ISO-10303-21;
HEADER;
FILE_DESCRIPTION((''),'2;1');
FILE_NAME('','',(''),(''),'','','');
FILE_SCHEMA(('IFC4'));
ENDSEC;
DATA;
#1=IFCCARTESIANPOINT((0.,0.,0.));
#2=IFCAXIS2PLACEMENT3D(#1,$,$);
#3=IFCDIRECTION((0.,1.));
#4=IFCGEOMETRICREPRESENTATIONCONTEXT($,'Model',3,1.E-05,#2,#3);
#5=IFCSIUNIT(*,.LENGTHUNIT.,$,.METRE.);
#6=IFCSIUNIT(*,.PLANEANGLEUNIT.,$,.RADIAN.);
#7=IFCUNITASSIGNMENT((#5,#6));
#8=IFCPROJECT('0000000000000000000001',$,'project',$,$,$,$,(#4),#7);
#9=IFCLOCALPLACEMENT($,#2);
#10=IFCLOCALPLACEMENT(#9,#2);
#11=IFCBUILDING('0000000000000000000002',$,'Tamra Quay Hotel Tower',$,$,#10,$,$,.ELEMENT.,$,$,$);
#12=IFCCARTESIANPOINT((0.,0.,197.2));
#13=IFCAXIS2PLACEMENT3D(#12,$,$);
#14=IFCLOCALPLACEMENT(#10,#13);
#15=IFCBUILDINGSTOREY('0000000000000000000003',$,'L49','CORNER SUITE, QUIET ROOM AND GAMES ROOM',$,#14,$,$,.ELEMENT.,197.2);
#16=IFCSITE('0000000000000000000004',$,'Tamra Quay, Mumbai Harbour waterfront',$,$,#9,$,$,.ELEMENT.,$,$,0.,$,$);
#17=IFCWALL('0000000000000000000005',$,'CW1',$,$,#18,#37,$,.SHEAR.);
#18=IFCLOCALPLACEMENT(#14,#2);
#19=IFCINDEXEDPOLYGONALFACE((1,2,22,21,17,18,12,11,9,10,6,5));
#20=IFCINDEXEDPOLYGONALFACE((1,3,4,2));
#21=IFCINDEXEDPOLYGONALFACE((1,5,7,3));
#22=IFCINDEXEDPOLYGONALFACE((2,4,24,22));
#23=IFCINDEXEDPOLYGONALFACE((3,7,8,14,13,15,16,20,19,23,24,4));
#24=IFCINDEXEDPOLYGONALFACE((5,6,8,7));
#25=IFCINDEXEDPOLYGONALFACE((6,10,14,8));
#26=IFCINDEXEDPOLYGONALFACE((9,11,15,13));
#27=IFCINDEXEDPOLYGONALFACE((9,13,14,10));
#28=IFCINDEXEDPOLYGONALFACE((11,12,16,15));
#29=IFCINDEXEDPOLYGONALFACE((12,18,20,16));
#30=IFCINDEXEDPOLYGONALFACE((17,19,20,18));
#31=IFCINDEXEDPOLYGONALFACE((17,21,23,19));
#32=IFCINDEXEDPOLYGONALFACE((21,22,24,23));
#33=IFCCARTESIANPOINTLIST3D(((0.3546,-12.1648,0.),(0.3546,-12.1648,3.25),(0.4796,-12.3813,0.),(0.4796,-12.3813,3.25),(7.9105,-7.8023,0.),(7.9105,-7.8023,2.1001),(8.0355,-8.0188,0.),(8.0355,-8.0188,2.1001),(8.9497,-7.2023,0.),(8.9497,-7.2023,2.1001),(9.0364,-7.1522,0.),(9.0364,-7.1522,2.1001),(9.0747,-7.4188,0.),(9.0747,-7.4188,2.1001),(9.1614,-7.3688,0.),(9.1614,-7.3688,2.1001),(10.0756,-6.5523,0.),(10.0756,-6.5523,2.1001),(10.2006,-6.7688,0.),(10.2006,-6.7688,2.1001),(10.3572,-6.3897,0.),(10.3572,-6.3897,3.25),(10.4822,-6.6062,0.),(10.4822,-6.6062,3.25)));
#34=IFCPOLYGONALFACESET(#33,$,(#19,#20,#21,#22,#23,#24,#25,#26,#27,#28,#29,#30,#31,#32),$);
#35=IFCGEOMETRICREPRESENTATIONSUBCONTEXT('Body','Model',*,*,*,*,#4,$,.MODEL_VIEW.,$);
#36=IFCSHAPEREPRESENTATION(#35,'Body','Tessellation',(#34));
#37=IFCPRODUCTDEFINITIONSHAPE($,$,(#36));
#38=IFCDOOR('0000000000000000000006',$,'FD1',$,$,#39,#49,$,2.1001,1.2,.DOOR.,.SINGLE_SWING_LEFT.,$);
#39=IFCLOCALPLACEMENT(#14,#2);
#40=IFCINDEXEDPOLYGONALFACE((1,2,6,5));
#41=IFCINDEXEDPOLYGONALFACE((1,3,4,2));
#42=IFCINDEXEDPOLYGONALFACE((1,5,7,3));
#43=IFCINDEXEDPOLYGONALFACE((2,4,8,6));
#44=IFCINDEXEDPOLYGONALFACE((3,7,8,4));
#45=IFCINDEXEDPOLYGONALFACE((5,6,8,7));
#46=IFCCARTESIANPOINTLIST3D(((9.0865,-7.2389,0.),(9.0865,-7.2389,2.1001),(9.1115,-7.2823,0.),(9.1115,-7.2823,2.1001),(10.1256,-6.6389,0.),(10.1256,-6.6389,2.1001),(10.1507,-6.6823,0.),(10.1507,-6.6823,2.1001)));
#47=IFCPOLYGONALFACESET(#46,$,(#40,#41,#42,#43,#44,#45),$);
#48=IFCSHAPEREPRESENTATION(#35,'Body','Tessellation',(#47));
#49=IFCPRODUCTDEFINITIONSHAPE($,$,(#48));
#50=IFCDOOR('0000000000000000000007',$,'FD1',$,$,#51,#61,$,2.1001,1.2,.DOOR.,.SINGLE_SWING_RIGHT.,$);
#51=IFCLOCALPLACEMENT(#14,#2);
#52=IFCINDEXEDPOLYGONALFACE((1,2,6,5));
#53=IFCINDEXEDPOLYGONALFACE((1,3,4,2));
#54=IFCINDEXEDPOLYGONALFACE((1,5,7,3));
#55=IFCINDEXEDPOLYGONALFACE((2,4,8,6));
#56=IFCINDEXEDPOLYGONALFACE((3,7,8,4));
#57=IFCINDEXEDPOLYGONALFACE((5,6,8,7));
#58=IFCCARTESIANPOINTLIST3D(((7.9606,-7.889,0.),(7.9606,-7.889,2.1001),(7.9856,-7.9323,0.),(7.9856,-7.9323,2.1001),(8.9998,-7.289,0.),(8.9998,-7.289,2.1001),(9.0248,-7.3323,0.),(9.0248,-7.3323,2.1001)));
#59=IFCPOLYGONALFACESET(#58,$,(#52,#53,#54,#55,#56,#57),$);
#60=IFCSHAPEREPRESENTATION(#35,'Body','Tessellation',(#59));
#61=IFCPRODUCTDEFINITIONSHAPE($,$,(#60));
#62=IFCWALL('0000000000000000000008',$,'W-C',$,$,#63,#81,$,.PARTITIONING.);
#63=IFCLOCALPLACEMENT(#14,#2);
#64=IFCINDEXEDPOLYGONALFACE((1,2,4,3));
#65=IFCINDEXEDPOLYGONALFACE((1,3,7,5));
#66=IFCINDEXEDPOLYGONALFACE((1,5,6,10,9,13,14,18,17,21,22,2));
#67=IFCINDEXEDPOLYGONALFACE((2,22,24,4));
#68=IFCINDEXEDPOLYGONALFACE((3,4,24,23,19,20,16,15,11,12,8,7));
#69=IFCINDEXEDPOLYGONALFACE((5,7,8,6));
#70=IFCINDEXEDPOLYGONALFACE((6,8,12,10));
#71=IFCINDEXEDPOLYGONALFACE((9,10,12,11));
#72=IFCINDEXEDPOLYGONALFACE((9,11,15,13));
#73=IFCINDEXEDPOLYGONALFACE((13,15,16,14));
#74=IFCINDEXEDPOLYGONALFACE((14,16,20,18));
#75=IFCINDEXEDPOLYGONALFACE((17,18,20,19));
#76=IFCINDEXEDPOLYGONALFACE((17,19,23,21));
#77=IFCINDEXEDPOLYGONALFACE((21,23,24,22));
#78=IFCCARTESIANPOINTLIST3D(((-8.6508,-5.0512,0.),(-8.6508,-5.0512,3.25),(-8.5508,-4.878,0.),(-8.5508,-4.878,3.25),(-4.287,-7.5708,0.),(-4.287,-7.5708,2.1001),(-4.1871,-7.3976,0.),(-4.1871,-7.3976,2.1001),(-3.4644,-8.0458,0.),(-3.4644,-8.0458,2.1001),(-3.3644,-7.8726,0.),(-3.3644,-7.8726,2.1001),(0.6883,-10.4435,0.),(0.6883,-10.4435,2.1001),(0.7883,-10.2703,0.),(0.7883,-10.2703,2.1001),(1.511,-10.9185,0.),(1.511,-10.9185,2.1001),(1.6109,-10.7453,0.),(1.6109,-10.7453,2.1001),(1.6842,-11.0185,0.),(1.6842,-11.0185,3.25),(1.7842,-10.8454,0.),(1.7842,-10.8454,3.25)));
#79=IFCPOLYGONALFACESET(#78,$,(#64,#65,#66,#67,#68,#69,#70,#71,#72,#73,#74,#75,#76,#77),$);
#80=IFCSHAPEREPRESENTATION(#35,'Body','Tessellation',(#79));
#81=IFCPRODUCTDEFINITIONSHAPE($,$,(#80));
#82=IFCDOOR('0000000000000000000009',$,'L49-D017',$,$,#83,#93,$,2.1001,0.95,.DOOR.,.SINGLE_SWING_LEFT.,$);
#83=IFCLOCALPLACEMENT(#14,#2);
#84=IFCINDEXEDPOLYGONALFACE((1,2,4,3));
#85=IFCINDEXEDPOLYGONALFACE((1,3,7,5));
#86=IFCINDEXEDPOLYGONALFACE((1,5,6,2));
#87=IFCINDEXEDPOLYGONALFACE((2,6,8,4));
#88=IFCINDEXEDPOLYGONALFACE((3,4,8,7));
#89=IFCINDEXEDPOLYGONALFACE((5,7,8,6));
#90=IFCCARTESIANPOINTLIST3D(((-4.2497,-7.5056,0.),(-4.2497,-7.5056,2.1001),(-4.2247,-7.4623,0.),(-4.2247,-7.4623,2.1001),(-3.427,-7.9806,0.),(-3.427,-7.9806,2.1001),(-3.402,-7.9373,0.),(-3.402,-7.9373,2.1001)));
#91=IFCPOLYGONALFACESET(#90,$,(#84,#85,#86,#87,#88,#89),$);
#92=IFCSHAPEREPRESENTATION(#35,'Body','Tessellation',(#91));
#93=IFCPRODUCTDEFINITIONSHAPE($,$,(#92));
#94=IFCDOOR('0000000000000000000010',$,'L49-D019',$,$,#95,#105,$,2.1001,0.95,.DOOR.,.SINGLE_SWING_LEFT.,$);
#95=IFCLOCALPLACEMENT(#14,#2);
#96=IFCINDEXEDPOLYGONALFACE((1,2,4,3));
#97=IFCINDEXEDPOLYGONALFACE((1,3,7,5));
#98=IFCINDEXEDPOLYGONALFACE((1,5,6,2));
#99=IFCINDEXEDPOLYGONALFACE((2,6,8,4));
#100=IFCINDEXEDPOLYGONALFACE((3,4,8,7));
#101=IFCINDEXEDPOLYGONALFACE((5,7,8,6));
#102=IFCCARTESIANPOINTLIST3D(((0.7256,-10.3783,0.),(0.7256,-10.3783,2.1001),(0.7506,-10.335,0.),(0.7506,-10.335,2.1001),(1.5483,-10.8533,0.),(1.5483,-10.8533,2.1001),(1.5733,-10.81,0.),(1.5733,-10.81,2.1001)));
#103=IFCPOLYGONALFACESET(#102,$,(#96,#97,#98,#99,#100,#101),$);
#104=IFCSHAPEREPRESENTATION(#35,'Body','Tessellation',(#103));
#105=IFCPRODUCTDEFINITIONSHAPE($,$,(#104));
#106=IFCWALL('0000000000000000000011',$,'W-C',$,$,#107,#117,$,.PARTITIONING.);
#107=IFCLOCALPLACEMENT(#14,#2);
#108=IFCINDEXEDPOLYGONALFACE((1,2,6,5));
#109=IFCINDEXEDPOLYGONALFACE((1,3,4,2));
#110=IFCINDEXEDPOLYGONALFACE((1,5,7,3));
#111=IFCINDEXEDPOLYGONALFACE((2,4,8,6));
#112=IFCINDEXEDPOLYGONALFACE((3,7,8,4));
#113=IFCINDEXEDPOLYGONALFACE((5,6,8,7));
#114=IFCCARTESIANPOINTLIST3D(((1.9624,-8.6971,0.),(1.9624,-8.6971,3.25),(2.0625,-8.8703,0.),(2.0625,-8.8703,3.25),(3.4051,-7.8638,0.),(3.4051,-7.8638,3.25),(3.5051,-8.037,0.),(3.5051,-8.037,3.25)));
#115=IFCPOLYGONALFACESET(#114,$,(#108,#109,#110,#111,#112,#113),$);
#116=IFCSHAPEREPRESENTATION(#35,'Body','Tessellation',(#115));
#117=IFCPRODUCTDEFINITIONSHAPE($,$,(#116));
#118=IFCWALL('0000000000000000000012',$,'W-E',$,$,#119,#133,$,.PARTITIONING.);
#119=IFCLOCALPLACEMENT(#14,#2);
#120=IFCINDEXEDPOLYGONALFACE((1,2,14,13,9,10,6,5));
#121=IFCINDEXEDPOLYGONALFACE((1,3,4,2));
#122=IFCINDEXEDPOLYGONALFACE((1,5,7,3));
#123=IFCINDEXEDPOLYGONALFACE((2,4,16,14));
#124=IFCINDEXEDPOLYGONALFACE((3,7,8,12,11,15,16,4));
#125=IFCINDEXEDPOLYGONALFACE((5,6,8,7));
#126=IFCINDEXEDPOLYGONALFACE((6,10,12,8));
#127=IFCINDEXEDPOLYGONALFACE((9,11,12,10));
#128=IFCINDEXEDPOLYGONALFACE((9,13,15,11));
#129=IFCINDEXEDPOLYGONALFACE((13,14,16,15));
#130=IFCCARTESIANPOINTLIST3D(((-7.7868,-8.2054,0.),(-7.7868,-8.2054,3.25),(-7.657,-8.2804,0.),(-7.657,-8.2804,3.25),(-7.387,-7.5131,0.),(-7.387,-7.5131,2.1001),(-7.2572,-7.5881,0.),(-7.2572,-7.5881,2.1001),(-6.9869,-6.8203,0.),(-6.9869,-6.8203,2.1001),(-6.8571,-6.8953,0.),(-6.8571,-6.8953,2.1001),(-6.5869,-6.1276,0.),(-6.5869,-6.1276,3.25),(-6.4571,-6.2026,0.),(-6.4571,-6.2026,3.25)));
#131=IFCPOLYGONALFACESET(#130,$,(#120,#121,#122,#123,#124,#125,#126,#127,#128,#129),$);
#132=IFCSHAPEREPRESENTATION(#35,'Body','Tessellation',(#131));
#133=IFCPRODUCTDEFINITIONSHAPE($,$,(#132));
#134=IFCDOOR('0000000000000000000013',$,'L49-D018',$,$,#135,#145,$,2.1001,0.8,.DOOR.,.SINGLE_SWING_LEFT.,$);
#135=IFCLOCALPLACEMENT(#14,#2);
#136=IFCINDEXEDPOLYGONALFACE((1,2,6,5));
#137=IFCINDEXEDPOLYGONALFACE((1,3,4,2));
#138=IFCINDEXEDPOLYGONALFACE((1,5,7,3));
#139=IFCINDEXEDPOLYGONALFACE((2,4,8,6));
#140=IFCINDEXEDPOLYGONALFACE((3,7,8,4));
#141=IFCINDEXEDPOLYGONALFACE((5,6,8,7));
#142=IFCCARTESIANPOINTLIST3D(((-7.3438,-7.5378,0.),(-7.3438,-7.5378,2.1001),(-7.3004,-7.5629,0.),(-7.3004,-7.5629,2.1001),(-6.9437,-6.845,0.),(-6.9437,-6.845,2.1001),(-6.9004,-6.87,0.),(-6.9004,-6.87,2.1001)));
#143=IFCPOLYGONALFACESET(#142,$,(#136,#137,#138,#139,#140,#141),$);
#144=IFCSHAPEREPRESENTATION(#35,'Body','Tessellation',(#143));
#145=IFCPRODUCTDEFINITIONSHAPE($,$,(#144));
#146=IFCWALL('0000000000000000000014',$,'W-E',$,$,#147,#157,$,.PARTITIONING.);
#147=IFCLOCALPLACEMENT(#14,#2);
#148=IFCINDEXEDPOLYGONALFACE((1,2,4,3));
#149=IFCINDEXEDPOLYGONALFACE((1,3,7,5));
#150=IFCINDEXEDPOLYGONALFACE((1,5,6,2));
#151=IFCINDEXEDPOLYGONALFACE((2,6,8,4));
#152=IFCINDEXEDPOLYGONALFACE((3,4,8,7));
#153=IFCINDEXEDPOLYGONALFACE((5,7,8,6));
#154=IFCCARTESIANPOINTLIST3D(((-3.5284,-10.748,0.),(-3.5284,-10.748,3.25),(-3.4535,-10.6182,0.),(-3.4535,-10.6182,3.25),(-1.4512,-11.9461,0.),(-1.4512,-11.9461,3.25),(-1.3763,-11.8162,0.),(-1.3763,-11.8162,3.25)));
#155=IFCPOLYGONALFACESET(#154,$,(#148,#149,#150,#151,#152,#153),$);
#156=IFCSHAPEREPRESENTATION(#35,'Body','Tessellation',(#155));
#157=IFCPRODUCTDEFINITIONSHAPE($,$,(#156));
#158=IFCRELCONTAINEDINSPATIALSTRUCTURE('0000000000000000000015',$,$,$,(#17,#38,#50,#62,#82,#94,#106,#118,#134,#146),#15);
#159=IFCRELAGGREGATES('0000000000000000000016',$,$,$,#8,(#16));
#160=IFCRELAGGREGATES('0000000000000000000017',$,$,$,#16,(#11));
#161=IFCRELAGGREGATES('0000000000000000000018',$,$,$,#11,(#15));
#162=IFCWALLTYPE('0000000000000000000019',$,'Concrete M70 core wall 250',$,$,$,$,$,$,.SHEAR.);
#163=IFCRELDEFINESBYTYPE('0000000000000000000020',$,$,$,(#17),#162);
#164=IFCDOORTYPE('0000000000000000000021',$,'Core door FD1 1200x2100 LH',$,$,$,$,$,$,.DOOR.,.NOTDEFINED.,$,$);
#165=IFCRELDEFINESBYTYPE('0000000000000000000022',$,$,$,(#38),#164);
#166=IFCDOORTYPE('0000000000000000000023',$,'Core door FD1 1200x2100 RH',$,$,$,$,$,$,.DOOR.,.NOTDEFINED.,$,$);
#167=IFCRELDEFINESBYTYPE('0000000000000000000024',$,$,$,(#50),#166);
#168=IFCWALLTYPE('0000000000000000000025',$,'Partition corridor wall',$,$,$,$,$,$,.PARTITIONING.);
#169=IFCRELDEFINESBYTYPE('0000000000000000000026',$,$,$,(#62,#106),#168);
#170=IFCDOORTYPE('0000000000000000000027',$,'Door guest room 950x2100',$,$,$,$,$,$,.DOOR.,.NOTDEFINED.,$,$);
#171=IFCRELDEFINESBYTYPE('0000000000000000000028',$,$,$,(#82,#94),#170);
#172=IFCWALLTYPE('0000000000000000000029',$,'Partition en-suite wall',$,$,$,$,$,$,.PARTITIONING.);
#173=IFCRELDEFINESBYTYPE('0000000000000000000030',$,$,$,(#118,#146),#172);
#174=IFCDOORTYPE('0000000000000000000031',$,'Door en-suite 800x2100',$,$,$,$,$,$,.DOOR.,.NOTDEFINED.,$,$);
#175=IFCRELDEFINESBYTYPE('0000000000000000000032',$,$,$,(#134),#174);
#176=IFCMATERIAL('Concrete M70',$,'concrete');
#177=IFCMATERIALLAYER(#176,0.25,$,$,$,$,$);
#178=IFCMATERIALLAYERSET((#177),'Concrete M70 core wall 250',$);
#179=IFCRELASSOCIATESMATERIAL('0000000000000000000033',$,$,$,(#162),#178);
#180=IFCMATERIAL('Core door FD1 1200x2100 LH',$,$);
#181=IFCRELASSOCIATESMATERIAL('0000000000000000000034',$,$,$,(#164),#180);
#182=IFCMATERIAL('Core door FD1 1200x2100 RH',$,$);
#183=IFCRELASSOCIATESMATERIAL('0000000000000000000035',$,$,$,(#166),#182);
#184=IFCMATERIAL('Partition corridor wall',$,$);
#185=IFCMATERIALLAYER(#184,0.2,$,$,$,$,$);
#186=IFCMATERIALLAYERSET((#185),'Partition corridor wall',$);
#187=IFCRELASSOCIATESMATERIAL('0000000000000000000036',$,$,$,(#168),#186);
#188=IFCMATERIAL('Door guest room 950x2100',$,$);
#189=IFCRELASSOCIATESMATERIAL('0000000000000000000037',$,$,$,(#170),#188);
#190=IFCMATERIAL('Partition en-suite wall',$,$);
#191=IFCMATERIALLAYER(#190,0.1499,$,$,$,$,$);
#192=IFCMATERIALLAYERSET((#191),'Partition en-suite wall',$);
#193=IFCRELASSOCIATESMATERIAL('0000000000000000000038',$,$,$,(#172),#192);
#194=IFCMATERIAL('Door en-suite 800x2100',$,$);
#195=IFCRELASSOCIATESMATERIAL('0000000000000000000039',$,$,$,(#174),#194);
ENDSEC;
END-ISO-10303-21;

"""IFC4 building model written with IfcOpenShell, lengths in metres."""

from ifc_helpers import new_model, si_unit, direction, frame, frame_2d, origin, place, context, subcontext, project, spatial, rectangle, extrude, material, layer, layer_set, type_object, element, fill, save


model = new_model("IFC4")

# Units and contexts
model_context = context("Model", 3, precision=1e-05, world=origin(), true_north=direction((0.0, 1.0)))
body_context = subcontext(model_context, "Body", "Model", "MODEL_VIEW")
ifc_project = project(units=[si_unit("LENGTHUNIT", "METRE"), si_unit("PLANEANGLEUNIT", "RADIAN")], contexts=[model_context])

# Site, building, storey
site_placement = place(None, origin())
site = spatial("IfcSite", under=ifc_project, at=site_placement, Name="Tamra Quay, Mumbai Harbour waterfront", CompositionType="ELEMENT", RefElevation=0.0)
building_placement = place(site_placement, origin())
building = spatial("IfcBuilding", under=site, at=building_placement, Name="Tamra Quay Hotel Tower", CompositionType="ELEMENT")
storey_placement = place(building_placement, frame((0.0, 0.0, 197.2)))
storey = spatial("IfcBuildingStorey", under=building, at=storey_placement, Name="L49", Description="CORNER SUITE, QUIET ROOM AND GAMES ROOM", CompositionType="ELEMENT", Elevation=197.2)

# Walls, openings, doors
ifc_material_1 = material(Name="Concrete M70", Category="concrete")
ifc_layer_1 = layer(ifc_material_1, 0.25)
ifc_layer_set_1 = layer_set([ifc_layer_1], Name="Concrete M70 core wall 250")
wall_type_1 = type_object("IfcWallType", Name="Concrete M70 core wall 250", PredefinedType="SHEAR", material=ifc_layer_set_1)
wall_1_placement = place(storey_placement, frame((0.4172, -12.2729, 0.0), z_axis=(0.0, 0.0, 1.0), x_axis=(0.866022, 0.500006, 0.0)))
wall_1 = element("IfcWall", 1, at=wall_1_placement, inside=storey, type_object=wall_type_1, Name="CW1", PredefinedType="SHEAR", context=body_context, shape_type="SweptSolid", body=[
    extrude(rectangle(XDim=11.55, YDim=0.25, at=frame_2d((5.7749, 0.0))), origin(), (0.0, 0.0, 1.0), 3.25),
])
opening_1_placement = place(wall_1_placement, frame((10.0247, 0.0, 0.0)))
opening_1 = element("IfcOpeningElement", 2, at=opening_1_placement, cuts=wall_1, PredefinedType="OPENING", context=body_context, shape_type="SweptSolid", body=[
    extrude(rectangle(XDim=1.2, YDim=2.1001, at=frame_2d((0.6001, 1.05))), frame((0.0, 0.135, 0.0), z_axis=(0.0, -1.0, 0.0), x_axis=(1.0, 0.0, 0.0)), (0.0, 0.0, 1.0), 0.27),
])
opening_2_placement = place(wall_1_placement, frame((8.7246, 0.0, 0.0)))
opening_2 = element("IfcOpeningElement", 3, at=opening_2_placement, cuts=wall_1, PredefinedType="OPENING", context=body_context, shape_type="SweptSolid", body=[
    extrude(rectangle(XDim=1.2, YDim=2.1001, at=frame_2d((0.6001, 1.05))), frame((0.0, 0.135, 0.0), z_axis=(0.0, -1.0, 0.0), x_axis=(1.0, 0.0, 0.0)), (0.0, 0.0, 1.0), 0.27),
])
ifc_material_2 = material(Name="Core door FD1 1200x2100 LH")
door_type_1 = type_object("IfcDoorType", Name="Core door FD1 1200x2100 LH", OperationType="NOTDEFINED", PredefinedType="DOOR", material=ifc_material_2)
door_1_placement = place(opening_1_placement, origin())
door_1 = element("IfcDoor", 4, at=door_1_placement, inside=storey, type_object=door_type_1, Name="FD1", OperationType="SINGLE_SWING_LEFT", OverallHeight=2.1001, OverallWidth=1.2, PredefinedType="DOOR", context=body_context, shape_type="SweptSolid", body=[
    extrude(rectangle(XDim=1.2, YDim=2.1001, at=frame_2d((0.6001, 1.05))), frame((0.0, 0.0249, 0.0), z_axis=(0.0, -1.0, 0.0), x_axis=(1.0, 0.0, 0.0)), (0.0, 0.0, 1.0), 0.05),
])
fill(opening_1, door_1)
ifc_material_3 = material(Name="Core door FD1 1200x2100 RH")
door_type_2 = type_object("IfcDoorType", Name="Core door FD1 1200x2100 RH", OperationType="NOTDEFINED", PredefinedType="DOOR", material=ifc_material_3)
door_2_placement = place(opening_2_placement, origin())
door_2 = element("IfcDoor", 5, at=door_2_placement, inside=storey, type_object=door_type_2, Name="FD1", OperationType="SINGLE_SWING_RIGHT", OverallHeight=2.1001, OverallWidth=1.2, PredefinedType="DOOR", context=body_context, shape_type="SweptSolid", body=[
    extrude(rectangle(XDim=1.2, YDim=2.1001, at=frame_2d((0.6001, 1.05))), frame((0.0, 0.0249, 0.0), z_axis=(0.0, -1.0, 0.0), x_axis=(1.0, 0.0, 0.0)), (0.0, 0.0, 1.0), 0.05),
])
fill(opening_2, door_2)
ifc_material_4 = material(Name="Partition corridor wall")
ifc_layer_2 = layer(ifc_material_4, 0.2)
ifc_layer_set_2 = layer_set([ifc_layer_2], Name="Partition corridor wall")
wall_type_2 = type_object("IfcWallType", Name="Partition corridor wall", PredefinedType="PARTITIONING", material=ifc_layer_set_2)
wall_2_placement = place(storey_placement, frame((-8.6008, -4.9646, 0.0), z_axis=(0.0, 0.0, 1.0), x_axis=(0.866011, -0.500025, 0.0)))
wall_2 = element("IfcWall", 6, at=wall_2_placement, inside=storey, type_object=wall_type_2, Name="W-C", PredefinedType="PARTITIONING", context=body_context, shape_type="SweptSolid", body=[
    extrude(rectangle(XDim=11.9341, YDim=0.2, at=frame_2d((5.967, 0.0))), origin(), (0.0, 0.0, 1.0), 3.25),
])
opening_3_placement = place(wall_2_placement, frame((5.0388, 0.0, 0.0)))
opening_3 = element("IfcOpeningElement", 7, at=opening_3_placement, cuts=wall_2, PredefinedType="OPENING", context=body_context, shape_type="SweptSolid", body=[
    extrude(rectangle(XDim=0.95, YDim=2.1001, at=frame_2d((0.4751, 1.05))), frame((0.0, 0.1099, 0.0), z_axis=(0.0, -1.0, 0.0), x_axis=(1.0, 0.0, 0.0)), (0.0, 0.0, 1.0), 0.22),
])
opening_4_placement = place(wall_2_placement, frame((10.7839, 0.0, 0.0)))
opening_4 = element("IfcOpeningElement", 8, at=opening_4_placement, cuts=wall_2, PredefinedType="OPENING", context=body_context, shape_type="SweptSolid", body=[
    extrude(rectangle(XDim=0.95, YDim=2.1001, at=frame_2d((0.4751, 1.05))), frame((0.0, 0.1099, 0.0), z_axis=(0.0, -1.0, 0.0), x_axis=(1.0, 0.0, 0.0)), (0.0, 0.0, 1.0), 0.22),
])
ifc_material_5 = material(Name="Door guest room 950x2100")
door_type_3 = type_object("IfcDoorType", Name="Door guest room 950x2100", OperationType="NOTDEFINED", PredefinedType="DOOR", material=ifc_material_5)
door_3_placement = place(opening_3_placement, frame((0.95, 0.0, 0.0), z_axis=(0.0, 0.0, 1.0), x_axis=(-1.0, 0.0, 0.0)))
door_3 = element("IfcDoor", 9, at=door_3_placement, inside=storey, type_object=door_type_3, Name="L49-D017", OperationType="SINGLE_SWING_LEFT", OverallHeight=2.1001, OverallWidth=0.95, PredefinedType="DOOR", context=body_context, shape_type="SweptSolid", body=[
    extrude(rectangle(XDim=0.95, YDim=2.1001, at=frame_2d((0.4751, 1.05))), frame((0.0, 0.0249, 0.0), z_axis=(0.0, -1.0, 0.0), x_axis=(1.0, 0.0, 0.0)), (0.0, 0.0, 1.0), 0.05),
])
fill(opening_3, door_3)
door_4_placement = place(opening_4_placement, frame((0.95, 0.0, 0.0), z_axis=(0.0, 0.0, 1.0), x_axis=(-1.0, 0.0, 0.0)))
door_4 = element("IfcDoor", 10, at=door_4_placement, inside=storey, type_object=door_type_3, Name="L49-D019", OperationType="SINGLE_SWING_LEFT", OverallHeight=2.1001, OverallWidth=0.95, PredefinedType="DOOR", context=body_context, shape_type="SweptSolid", body=[
    extrude(rectangle(XDim=0.95, YDim=2.1001, at=frame_2d((0.4751, 1.05))), frame((0.0, 0.0249, 0.0), z_axis=(0.0, -1.0, 0.0), x_axis=(1.0, 0.0, 0.0)), (0.0, 0.0, 1.0), 0.05),
])
fill(opening_4, door_4)

# Wall
wall_3_placement = place(storey_placement, frame((2.0125, -8.7837, 0.0), z_axis=(0.0, 0.0, 1.0), x_axis=(0.865934, 0.500158, 0.0)))
element("IfcWall", 11, at=wall_3_placement, inside=storey, type_object=wall_type_2, Name="W-C", PredefinedType="PARTITIONING", context=body_context, shape_type="SweptSolid", body=[
    extrude(rectangle(XDim=1.666, YDim=0.2, at=frame_2d((0.833, 0.0))), origin(), (0.0, 0.0, 1.0), 3.25),
])

# Wall, opening, door
ifc_material_6 = material(Name="Partition en-suite wall")
ifc_layer_3 = layer(ifc_material_6, 0.1499)
ifc_layer_set_3 = layer_set([ifc_layer_3], Name="Partition en-suite wall")
wall_type_3 = type_object("IfcWallType", Name="Partition en-suite wall", PredefinedType="PARTITIONING", material=ifc_layer_set_3)
wall_4_placement = place(storey_placement, frame((-7.7219, -8.2429, 0.0), z_axis=(0.0, 0.0, 1.0), x_axis=(0.500089, 0.865974, 0.0)))
wall_4 = element("IfcWall", 12, at=wall_4_placement, inside=storey, type_object=wall_type_3, Name="W-E", PredefinedType="PARTITIONING", context=body_context, shape_type="SweptSolid", body=[
    extrude(rectangle(XDim=2.3994, YDim=0.1499, at=frame_2d((1.1997, 0.0))), origin(), (0.0, 0.0, 1.0), 3.25),
])
opening_5_placement = place(wall_4_placement, frame((0.7996, 0.0, 0.0)))
opening_5 = element("IfcOpeningElement", 13, at=opening_5_placement, cuts=wall_4, PredefinedType="OPENING", context=body_context, shape_type="SweptSolid", body=[
    extrude(rectangle(XDim=0.8, YDim=2.1001, at=frame_2d((0.3999, 1.05))), frame((0.0, 0.085, 0.0), z_axis=(0.0, -1.0, 0.0), x_axis=(1.0, 0.0, 0.0)), (0.0, 0.0, 1.0), 0.1699),
])
ifc_material_7 = material(Name="Door en-suite 800x2100")
door_type_4 = type_object("IfcDoorType", Name="Door en-suite 800x2100", OperationType="NOTDEFINED", PredefinedType="DOOR", material=ifc_material_7)
door_5_placement = place(opening_5_placement, frame((0.8, 0.0, 0.0), z_axis=(0.0, 0.0, 1.0), x_axis=(-1.0, 0.0, 0.0)))
door_5 = element("IfcDoor", 14, at=door_5_placement, inside=storey, type_object=door_type_4, Name="L49-D018", OperationType="SINGLE_SWING_LEFT", OverallHeight=2.1001, OverallWidth=0.8, PredefinedType="DOOR", context=body_context, shape_type="SweptSolid", body=[
    extrude(rectangle(XDim=0.8, YDim=2.1001, at=frame_2d((0.3999, 1.05))), frame((0.0, 0.0249, 0.0), z_axis=(0.0, -1.0, 0.0), x_axis=(1.0, 0.0, 0.0)), (0.0, 0.0, 1.0), 0.05),
])
fill(opening_5, door_5)

# Wall
wall_5_placement = place(storey_placement, frame((-3.491, -10.6831, 0.0), z_axis=(0.0, 0.0, 1.0), x_axis=(0.86625, -0.499611, 0.0)))
element("IfcWall", 15, at=wall_5_placement, inside=storey, type_object=wall_type_3, Name="W-E", PredefinedType="PARTITIONING", context=body_context, shape_type="SweptSolid", body=[
    extrude(rectangle(XDim=2.3979, YDim=0.1499, at=frame_2d((1.199, 0.0))), origin(), (0.0, 0.0, 1.0), 3.25),
])

save(model, "model.ifc")
